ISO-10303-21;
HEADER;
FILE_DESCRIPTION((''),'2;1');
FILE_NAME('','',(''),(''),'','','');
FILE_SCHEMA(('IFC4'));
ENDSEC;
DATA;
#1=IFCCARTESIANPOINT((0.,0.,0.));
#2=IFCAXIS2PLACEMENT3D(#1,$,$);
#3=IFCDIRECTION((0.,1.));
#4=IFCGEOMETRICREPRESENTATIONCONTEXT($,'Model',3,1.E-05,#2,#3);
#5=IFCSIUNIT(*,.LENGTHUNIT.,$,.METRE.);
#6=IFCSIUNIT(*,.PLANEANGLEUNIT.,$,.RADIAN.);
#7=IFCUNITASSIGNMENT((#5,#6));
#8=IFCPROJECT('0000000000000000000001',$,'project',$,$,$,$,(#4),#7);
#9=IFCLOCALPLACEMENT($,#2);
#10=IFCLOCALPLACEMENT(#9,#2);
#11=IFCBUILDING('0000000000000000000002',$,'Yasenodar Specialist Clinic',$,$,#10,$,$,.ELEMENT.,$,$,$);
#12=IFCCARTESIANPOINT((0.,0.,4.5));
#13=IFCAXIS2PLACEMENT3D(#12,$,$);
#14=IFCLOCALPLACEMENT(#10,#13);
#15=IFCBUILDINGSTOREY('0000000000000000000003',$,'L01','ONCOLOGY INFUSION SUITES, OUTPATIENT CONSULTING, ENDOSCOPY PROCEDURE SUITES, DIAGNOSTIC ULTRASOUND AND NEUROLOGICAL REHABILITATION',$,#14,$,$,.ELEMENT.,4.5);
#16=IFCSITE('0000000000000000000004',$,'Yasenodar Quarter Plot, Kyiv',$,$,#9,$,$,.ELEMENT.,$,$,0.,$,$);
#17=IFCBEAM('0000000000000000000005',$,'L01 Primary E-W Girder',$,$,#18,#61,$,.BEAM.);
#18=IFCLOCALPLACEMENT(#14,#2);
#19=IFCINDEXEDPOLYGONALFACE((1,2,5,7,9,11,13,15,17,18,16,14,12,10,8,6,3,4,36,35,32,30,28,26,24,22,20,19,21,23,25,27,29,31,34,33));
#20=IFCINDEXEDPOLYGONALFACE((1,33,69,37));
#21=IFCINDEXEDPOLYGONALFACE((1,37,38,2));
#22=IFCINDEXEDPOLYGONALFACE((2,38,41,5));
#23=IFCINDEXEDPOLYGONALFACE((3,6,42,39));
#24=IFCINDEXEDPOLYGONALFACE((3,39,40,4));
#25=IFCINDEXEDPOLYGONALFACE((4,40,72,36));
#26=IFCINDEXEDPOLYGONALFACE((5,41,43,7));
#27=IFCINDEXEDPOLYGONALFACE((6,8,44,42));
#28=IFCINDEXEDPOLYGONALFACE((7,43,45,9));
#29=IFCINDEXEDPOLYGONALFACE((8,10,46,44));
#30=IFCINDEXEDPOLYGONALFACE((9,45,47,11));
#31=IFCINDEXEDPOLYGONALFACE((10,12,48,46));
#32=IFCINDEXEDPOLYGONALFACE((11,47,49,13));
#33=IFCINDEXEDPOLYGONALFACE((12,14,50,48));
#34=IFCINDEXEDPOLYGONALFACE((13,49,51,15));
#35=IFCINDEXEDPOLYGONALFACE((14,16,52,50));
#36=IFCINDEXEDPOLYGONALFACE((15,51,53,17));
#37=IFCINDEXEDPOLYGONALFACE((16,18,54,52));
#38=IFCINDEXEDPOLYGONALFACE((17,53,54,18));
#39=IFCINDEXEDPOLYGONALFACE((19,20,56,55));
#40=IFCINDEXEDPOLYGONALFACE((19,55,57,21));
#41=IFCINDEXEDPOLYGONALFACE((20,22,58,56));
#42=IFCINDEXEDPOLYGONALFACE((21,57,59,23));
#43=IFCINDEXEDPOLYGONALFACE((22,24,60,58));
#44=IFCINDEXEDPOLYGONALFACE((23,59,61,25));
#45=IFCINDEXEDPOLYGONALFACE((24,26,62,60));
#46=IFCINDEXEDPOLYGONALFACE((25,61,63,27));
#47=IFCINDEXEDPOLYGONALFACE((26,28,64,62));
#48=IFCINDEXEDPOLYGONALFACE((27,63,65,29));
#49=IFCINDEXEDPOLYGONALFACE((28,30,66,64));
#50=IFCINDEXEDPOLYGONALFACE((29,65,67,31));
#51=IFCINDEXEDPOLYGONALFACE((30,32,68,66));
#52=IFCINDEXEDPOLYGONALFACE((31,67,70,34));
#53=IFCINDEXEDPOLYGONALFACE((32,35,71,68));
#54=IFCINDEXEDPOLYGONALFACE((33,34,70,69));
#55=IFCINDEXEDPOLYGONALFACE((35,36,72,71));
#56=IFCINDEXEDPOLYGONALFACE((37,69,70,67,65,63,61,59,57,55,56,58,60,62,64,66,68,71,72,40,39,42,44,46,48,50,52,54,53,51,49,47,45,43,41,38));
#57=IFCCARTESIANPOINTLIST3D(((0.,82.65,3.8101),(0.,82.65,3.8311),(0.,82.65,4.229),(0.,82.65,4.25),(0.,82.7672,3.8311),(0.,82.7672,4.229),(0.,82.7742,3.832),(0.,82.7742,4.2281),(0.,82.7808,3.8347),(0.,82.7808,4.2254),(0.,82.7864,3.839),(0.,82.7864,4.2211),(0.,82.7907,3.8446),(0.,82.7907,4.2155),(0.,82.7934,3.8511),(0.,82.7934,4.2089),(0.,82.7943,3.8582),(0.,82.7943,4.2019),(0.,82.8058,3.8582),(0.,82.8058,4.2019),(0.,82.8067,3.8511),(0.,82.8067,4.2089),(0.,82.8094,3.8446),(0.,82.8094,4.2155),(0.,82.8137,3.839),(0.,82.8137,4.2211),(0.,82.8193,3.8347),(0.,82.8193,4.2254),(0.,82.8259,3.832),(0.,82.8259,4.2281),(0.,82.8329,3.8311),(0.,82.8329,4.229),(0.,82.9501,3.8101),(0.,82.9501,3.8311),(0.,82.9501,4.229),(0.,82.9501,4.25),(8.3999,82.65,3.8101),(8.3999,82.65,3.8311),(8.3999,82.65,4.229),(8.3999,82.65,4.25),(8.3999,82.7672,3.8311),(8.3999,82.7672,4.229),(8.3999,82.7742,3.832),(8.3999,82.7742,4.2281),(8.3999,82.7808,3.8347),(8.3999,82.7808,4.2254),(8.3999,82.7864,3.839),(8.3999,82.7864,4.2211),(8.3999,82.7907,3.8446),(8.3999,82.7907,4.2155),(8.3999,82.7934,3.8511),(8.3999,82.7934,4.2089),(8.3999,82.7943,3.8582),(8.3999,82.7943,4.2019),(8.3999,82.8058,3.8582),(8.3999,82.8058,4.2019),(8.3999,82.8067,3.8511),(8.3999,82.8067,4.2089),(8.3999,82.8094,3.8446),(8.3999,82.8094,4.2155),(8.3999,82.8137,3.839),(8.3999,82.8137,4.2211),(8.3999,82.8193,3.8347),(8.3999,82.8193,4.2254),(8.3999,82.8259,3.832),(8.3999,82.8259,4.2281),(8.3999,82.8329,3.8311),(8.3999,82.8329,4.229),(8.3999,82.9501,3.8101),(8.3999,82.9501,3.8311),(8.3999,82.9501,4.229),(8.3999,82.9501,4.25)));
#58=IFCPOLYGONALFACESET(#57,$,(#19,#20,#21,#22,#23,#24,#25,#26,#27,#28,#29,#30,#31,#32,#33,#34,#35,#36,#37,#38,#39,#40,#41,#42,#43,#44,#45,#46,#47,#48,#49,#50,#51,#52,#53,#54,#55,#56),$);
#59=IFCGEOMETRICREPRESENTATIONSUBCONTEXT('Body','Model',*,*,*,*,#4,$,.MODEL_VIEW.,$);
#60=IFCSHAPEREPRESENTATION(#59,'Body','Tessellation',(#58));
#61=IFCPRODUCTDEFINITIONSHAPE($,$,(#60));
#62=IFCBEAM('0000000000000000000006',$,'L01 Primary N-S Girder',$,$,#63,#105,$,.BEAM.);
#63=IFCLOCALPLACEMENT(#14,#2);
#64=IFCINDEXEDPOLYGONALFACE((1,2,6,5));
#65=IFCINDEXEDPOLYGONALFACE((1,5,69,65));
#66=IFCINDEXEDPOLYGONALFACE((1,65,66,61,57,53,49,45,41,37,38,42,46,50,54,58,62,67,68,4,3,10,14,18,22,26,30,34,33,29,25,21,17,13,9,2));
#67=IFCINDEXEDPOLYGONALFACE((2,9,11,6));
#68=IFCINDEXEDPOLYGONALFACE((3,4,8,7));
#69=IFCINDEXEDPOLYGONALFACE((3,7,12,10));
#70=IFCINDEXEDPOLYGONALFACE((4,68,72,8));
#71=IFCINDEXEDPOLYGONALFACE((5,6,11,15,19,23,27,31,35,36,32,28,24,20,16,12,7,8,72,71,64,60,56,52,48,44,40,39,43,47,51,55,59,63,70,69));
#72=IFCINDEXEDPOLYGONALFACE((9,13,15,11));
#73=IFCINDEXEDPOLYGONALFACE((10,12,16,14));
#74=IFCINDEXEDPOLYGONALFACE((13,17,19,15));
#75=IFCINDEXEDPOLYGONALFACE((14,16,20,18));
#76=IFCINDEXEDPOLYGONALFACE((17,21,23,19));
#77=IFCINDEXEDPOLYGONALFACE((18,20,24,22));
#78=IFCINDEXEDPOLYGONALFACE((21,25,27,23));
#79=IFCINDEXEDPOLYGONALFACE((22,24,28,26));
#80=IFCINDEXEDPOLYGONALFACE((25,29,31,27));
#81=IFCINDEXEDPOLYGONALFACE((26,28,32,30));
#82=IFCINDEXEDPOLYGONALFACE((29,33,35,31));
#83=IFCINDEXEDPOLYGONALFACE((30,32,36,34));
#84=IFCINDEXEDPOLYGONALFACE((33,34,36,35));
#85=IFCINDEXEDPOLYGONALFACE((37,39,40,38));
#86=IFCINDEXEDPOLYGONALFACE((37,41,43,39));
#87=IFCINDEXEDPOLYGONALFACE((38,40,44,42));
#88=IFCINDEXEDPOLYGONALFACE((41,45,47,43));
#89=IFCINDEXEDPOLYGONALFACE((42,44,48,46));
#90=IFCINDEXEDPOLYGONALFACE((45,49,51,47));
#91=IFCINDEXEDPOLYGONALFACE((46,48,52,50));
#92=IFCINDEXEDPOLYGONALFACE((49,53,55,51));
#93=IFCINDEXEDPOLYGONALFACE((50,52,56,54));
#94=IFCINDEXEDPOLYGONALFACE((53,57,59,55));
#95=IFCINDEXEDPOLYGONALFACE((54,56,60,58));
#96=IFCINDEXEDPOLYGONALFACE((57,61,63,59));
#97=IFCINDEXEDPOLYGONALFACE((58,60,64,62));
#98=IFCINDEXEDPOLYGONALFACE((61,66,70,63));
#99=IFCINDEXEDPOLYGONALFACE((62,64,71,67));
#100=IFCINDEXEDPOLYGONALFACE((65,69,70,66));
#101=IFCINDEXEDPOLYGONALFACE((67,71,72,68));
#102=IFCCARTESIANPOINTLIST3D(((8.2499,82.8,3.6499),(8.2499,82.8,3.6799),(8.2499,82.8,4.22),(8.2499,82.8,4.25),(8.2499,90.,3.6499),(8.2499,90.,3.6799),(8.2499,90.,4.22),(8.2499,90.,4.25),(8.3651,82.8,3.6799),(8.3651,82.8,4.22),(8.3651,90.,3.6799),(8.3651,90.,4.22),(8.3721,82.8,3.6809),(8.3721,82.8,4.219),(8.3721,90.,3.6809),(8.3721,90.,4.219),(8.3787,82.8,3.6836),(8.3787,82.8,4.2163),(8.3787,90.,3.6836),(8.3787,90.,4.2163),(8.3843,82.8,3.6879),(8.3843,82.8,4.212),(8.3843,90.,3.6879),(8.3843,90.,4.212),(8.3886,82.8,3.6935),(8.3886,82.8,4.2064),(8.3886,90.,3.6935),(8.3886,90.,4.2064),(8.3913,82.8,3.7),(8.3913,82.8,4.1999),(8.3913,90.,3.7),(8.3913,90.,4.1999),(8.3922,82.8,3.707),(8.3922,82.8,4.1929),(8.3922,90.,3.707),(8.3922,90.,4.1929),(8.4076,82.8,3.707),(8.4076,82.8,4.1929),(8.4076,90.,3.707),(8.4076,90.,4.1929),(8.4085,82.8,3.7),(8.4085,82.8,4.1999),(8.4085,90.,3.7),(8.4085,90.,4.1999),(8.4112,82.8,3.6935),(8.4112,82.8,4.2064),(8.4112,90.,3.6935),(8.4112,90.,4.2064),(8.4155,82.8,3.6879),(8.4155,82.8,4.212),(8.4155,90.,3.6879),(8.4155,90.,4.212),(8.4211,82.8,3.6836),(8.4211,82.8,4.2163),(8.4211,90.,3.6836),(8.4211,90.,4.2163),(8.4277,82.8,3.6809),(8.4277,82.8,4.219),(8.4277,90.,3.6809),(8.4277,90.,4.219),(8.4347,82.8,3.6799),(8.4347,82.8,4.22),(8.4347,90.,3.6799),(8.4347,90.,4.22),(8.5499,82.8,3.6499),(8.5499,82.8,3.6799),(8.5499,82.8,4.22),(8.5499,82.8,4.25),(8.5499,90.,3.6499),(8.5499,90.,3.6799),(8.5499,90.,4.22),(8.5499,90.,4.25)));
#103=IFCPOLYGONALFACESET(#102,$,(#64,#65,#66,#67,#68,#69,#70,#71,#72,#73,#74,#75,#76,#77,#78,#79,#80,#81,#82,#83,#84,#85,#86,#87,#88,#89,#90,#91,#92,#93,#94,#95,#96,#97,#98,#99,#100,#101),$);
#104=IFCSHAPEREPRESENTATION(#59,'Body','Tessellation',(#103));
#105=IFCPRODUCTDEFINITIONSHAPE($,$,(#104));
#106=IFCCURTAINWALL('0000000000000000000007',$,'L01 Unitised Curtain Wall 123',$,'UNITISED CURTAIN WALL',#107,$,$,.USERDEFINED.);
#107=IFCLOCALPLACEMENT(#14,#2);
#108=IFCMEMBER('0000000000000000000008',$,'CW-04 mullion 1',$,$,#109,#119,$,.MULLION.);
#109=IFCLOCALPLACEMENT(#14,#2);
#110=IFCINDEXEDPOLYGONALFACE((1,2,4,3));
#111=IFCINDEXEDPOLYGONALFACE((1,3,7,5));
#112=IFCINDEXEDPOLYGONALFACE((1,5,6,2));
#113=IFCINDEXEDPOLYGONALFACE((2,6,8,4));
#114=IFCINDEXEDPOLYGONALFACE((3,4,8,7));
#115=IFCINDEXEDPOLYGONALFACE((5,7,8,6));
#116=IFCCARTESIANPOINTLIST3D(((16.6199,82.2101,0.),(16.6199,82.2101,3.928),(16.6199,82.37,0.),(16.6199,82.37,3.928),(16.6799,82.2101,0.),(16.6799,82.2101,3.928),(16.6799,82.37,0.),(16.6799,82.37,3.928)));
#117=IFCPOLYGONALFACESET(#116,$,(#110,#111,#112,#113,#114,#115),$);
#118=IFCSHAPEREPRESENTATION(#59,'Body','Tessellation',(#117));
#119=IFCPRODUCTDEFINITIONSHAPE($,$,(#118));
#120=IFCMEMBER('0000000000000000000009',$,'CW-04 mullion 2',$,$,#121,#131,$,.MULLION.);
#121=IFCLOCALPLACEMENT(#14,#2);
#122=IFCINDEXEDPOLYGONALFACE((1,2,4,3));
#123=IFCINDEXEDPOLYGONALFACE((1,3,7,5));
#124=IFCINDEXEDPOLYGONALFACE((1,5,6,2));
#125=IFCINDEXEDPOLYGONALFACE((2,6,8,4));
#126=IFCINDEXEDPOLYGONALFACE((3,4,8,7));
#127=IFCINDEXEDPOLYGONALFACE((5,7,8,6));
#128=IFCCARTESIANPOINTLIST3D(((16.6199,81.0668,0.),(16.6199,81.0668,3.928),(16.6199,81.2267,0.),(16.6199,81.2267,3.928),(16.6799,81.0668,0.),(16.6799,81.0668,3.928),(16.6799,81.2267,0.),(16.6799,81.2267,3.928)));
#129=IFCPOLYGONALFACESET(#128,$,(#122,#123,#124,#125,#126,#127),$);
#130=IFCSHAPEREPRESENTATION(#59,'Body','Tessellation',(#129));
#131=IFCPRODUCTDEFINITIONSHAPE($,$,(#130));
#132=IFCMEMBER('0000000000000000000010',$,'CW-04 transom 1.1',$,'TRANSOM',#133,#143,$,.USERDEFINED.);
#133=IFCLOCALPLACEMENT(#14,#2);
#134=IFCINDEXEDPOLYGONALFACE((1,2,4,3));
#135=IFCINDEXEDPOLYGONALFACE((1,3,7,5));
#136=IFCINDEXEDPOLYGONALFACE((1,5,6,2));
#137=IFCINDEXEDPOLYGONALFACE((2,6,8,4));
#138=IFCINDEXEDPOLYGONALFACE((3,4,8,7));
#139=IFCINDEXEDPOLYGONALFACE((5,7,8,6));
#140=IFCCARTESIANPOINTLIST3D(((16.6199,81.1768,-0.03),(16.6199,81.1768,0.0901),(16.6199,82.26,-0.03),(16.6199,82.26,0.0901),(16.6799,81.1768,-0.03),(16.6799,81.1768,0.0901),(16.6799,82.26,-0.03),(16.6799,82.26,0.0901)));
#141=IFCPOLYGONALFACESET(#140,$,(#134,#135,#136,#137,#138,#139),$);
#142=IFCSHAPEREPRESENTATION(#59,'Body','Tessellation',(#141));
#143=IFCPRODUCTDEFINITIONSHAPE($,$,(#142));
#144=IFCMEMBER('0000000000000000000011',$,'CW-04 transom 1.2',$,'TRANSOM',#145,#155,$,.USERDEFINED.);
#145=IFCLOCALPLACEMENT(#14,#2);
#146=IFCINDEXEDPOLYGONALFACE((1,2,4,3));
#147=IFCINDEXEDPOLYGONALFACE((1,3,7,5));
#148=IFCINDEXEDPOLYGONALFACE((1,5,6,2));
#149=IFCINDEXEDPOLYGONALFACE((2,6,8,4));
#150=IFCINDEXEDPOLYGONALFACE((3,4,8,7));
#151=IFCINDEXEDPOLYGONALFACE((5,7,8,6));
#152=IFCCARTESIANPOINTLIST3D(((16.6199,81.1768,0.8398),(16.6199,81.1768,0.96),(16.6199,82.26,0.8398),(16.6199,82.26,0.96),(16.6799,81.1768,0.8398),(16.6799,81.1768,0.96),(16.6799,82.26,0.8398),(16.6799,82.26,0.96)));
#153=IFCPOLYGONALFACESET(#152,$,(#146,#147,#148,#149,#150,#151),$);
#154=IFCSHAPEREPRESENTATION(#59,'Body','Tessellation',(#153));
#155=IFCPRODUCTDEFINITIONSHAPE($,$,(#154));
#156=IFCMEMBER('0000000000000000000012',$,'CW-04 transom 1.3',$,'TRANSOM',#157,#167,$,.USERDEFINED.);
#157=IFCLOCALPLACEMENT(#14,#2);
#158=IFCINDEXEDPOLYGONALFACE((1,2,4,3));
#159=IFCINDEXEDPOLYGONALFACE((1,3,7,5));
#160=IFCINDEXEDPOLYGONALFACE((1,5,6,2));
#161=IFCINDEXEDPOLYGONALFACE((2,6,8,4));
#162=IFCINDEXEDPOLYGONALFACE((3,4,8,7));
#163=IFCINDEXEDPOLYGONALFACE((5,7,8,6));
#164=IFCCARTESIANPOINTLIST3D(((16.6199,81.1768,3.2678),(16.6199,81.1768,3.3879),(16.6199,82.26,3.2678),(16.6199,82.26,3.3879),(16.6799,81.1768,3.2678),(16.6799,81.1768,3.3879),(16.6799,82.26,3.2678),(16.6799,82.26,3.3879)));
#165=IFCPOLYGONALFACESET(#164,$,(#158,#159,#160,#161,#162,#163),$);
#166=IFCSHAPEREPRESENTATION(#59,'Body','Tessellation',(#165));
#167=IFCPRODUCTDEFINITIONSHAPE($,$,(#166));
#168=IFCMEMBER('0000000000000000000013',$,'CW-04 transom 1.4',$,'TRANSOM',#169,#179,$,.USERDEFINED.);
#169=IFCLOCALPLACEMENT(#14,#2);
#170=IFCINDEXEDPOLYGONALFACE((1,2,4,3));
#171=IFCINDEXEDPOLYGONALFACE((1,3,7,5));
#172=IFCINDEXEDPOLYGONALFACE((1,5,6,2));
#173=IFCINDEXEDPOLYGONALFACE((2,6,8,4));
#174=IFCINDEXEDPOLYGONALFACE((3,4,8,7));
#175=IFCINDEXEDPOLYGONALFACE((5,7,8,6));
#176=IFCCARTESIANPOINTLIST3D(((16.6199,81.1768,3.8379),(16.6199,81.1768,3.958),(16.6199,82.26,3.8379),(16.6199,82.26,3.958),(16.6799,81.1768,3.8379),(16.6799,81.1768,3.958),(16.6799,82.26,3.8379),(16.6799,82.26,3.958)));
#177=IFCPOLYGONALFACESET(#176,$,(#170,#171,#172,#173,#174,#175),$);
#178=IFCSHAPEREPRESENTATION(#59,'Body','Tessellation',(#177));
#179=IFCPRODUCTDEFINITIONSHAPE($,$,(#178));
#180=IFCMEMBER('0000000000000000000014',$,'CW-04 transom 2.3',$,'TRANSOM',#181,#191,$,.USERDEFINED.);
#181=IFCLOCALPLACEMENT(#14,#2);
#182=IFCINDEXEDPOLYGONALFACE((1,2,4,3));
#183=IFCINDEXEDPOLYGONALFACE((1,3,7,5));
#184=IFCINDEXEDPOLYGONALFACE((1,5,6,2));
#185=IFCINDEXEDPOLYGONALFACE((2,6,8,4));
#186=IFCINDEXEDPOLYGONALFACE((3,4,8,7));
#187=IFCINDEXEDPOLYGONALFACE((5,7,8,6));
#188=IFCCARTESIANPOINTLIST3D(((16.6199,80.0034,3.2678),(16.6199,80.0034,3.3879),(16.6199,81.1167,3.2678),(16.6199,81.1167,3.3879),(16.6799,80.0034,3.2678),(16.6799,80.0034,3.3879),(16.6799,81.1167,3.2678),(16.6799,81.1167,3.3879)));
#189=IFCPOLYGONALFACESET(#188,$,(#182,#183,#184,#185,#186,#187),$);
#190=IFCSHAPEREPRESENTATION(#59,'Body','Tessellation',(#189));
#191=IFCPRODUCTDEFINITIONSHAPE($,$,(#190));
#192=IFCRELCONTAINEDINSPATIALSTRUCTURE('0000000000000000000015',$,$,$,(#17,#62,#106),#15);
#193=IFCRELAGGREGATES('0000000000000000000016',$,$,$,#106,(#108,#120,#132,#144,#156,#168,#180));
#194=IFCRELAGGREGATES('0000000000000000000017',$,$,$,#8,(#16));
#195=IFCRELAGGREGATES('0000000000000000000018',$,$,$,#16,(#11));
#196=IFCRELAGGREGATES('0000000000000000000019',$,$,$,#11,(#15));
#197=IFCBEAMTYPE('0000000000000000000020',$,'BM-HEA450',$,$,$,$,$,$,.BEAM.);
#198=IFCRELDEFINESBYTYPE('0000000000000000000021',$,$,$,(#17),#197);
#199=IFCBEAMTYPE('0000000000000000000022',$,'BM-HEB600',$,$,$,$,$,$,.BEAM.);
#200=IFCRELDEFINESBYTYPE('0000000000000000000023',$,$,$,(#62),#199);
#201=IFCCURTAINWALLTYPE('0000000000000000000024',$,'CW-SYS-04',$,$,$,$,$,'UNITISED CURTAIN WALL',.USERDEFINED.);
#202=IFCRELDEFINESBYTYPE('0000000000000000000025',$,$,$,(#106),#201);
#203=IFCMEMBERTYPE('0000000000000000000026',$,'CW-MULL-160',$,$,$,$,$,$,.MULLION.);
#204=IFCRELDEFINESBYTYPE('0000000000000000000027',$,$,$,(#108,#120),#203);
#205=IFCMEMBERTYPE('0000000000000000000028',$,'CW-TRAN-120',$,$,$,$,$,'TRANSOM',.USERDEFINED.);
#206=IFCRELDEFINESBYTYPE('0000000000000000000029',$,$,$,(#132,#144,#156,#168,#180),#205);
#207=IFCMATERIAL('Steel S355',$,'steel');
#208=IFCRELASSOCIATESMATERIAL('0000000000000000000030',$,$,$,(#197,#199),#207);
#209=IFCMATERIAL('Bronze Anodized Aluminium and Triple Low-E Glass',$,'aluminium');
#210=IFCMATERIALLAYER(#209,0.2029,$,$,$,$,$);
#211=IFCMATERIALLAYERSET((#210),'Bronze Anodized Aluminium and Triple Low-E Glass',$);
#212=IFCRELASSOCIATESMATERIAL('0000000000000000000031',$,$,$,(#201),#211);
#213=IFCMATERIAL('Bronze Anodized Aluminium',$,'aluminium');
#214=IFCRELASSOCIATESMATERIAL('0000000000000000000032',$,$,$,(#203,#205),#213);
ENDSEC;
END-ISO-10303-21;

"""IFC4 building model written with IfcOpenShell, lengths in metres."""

from ifc_helpers import new_model, si_unit, direction, frame, origin, origin_2d, place, context, subcontext, project, spatial, rectangle, i_section, extrude, material, layer, layer_set, material_profile, profile_set, type_object, element, aggregate, save


model = new_model("IFC4")

# Units and contexts
model_context = context("Model", 3, precision=1e-05, world=origin(), true_north=direction((0.0, 1.0)))
body_context = subcontext(model_context, "Body", "Model", "MODEL_VIEW")
ifc_project = project(units=[si_unit("LENGTHUNIT", "METRE"), si_unit("PLANEANGLEUNIT", "RADIAN")], contexts=[model_context])

# Site, building, storey
site_placement = place(None, origin())
site = spatial("IfcSite", under=ifc_project, at=site_placement, Name="Yasenodar Quarter Plot, Kyiv", CompositionType="ELEMENT", RefElevation=0.0)
building_placement = place(site_placement, origin())
building = spatial("IfcBuilding", under=site, at=building_placement, Name="Yasenodar Specialist Clinic", CompositionType="ELEMENT")
storey_placement = place(building_placement, frame((0.0, 0.0, 4.5)))
storey = spatial("IfcBuildingStorey", under=building, at=storey_placement, Name="L01", Description="ONCOLOGY INFUSION SUITES, OUTPATIENT CONSULTING, ENDOSCOPY PROCEDURE SUITES, DIAGNOSTIC ULTRASOUND AND NEUROLOGICAL REHABILITATION", CompositionType="ELEMENT", Elevation=4.5)

# Shared definitions
ifc_material_1 = material(Name="Steel S355", Category="steel")

# Beams
ifc_material_profile_1 = material_profile(ifc_material_1, i_section(OverallWidth=0.3, OverallDepth=0.4399, WebThickness=0.0115, FlangeThickness=0.021, FilletRadius=0.0271, at=origin_2d()), Name="HEA 450")
ifc_profile_set_1 = profile_set([ifc_material_profile_1], Name="Steel S355")
beam_type_1 = type_object("IfcBeamType", Name="BM-HEA450", PredefinedType="BEAM", material=ifc_profile_set_1)
beam_1_placement = place(storey_placement, frame((0.0, 82.8, 4.03), z_axis=(1.0, 0.0, 0.0), x_axis=(0.0, 1.0, 0.0)))
element("IfcBeam", 1, at=beam_1_placement, inside=storey, type_object=beam_type_1, Name="L01 Primary E-W Girder", PredefinedType="BEAM", context=body_context, shape_type="SweptSolid", body=[
    extrude(i_section(OverallWidth=0.3, OverallDepth=0.4399, WebThickness=0.0115, FlangeThickness=0.021, FilletRadius=0.0271, at=origin_2d()), origin(), (0.0, 0.0, 1.0), 8.3999),
])
ifc_material_profile_2 = material_profile(ifc_material_1, i_section(OverallWidth=0.3, OverallDepth=0.6001, WebThickness=0.0154, FlangeThickness=0.03, FilletRadius=0.0271, at=origin_2d()), Name="HEB 600")
ifc_profile_set_2 = profile_set([ifc_material_profile_2], Name="Steel S355")
beam_type_2 = type_object("IfcBeamType", Name="BM-HEB600", PredefinedType="BEAM", material=ifc_profile_set_2)
beam_2_placement = place(storey_placement, frame((8.3999, 82.8, 3.95), z_axis=(0.0, 1.0, 0.0), x_axis=(-1.0, 0.0, 0.0)))
element("IfcBeam", 2, at=beam_2_placement, inside=storey, type_object=beam_type_2, Name="L01 Primary N-S Girder", PredefinedType="BEAM", context=body_context, shape_type="SweptSolid", body=[
    extrude(i_section(OverallWidth=0.3, OverallDepth=0.6001, WebThickness=0.0154, FlangeThickness=0.03, FilletRadius=0.0271, at=origin_2d()), origin(), (0.0, 0.0, 1.0), 7.2),
])

# Curtain wall, members
ifc_material_2 = material(Name="Bronze Anodized Aluminium and Triple Low-E Glass", Category="aluminium")
ifc_layer_1 = layer(ifc_material_2, 0.2029)
ifc_layer_set_1 = layer_set([ifc_layer_1], Name="Bronze Anodized Aluminium and Triple Low-E Glass")
curtain_wall_type = type_object("IfcCurtainWallType", Name="CW-SYS-04", ElementType="UNITISED CURTAIN WALL", PredefinedType="USERDEFINED", material=ifc_layer_set_1)
curtain_wall_placement = place(storey_placement, origin())
curtain_wall = element("IfcCurtainWall", 3, at=curtain_wall_placement, inside=storey, type_object=curtain_wall_type, Name="L01 Unitised Curtain Wall 123", ObjectType="UNITISED CURTAIN WALL", PredefinedType="USERDEFINED")
ifc_material_3 = material(Name="Bronze Anodized Aluminium", Category="aluminium")
ifc_material_profile_3 = material_profile(ifc_material_3, rectangle(XDim=0.0601, YDim=0.1599, at=origin_2d()), Name="CW-MULL 60x160")
ifc_profile_set_3 = profile_set([ifc_material_profile_3], Name="Bronze Anodized Aluminium")
member_type_1 = type_object("IfcMemberType", Name="CW-MULL-160", PredefinedType="MULLION", material=ifc_profile_set_3)
member_1_placement = place(storey_placement, frame((16.6499, 82.29, 0.0), z_axis=(0.0, 0.0, 1.0), x_axis=(1.0, 0.0, 0.0)))
member_1 = element("IfcMember", 4, at=member_1_placement, type_object=member_type_1, Name="CW-04 mullion 1", PredefinedType="MULLION", context=body_context, shape_type="SweptSolid", body=[
    extrude(rectangle(XDim=0.0601, YDim=0.1599, at=origin_2d()), origin(), (0.0, 0.0, 1.0), 3.928),
])
member_2_placement = place(storey_placement, frame((16.6499, 81.1467, 0.0), z_axis=(0.0, 0.0, 1.0), x_axis=(1.0, 0.0, 0.0)))
member_2 = element("IfcMember", 5, at=member_2_placement, type_object=member_type_1, Name="CW-04 mullion 2", PredefinedType="MULLION", context=body_context, shape_type="SweptSolid", body=[
    extrude(rectangle(XDim=0.0601, YDim=0.1599, at=origin_2d()), origin(), (0.0, 0.0, 1.0), 3.928),
])
ifc_material_profile_4 = material_profile(ifc_material_3, rectangle(XDim=0.0601, YDim=0.1201, at=origin_2d()), Name="CW-TRAN 60x120")
ifc_profile_set_4 = profile_set([ifc_material_profile_4], Name="Bronze Anodized Aluminium")
member_type_2 = type_object("IfcMemberType", Name="CW-TRAN-120", ElementType="TRANSOM", PredefinedType="USERDEFINED", material=ifc_profile_set_4)
member_3_placement = place(storey_placement, frame((16.6499, 82.26, 0.03), z_axis=(0.0, -1.0, 0.0), x_axis=(1.0, 0.0, 0.0)))
member_3 = element("IfcMember", 6, at=member_3_placement, type_object=member_type_2, Name="CW-04 transom 1.1", ObjectType="TRANSOM", PredefinedType="USERDEFINED", context=body_context, shape_type="SweptSolid", body=[
    extrude(rectangle(XDim=0.0601, YDim=0.1201, at=origin_2d()), origin(), (0.0, 0.0, 1.0), 1.0833),
])
member_4_placement = place(storey_placement, frame((16.6499, 82.26, 0.8999), z_axis=(0.0, -1.0, 0.0), x_axis=(1.0, 0.0, 0.0)))
member_4 = element("IfcMember", 7, at=member_4_placement, type_object=member_type_2, Name="CW-04 transom 1.2", ObjectType="TRANSOM", PredefinedType="USERDEFINED", context=body_context, shape_type="SweptSolid", body=[
    extrude(rectangle(XDim=0.0601, YDim=0.1201, at=origin_2d()), origin(), (0.0, 0.0, 1.0), 1.0833),
])
member_5_placement = place(storey_placement, frame((16.6499, 82.26, 3.3279), z_axis=(0.0, -1.0, 0.0), x_axis=(1.0, 0.0, 0.0)))
member_5 = element("IfcMember", 8, at=member_5_placement, type_object=member_type_2, Name="CW-04 transom 1.3", ObjectType="TRANSOM", PredefinedType="USERDEFINED", context=body_context, shape_type="SweptSolid", body=[
    extrude(rectangle(XDim=0.0601, YDim=0.1201, at=origin_2d()), origin(), (0.0, 0.0, 1.0), 1.0833),
])
member_6_placement = place(storey_placement, frame((16.6499, 82.26, 3.8979), z_axis=(0.0, -1.0, 0.0), x_axis=(1.0, 0.0, 0.0)))
member_6 = element("IfcMember", 9, at=member_6_placement, type_object=member_type_2, Name="CW-04 transom 1.4", ObjectType="TRANSOM", PredefinedType="USERDEFINED", context=body_context, shape_type="SweptSolid", body=[
    extrude(rectangle(XDim=0.0601, YDim=0.1201, at=origin_2d()), origin(), (0.0, 0.0, 1.0), 1.0833),
])
member_7_placement = place(storey_placement, frame((16.6499, 81.1167, 3.3279), z_axis=(0.0, -1.0, 0.0), x_axis=(1.0, 0.0, 0.0)))
member_7 = element("IfcMember", 10, at=member_7_placement, type_object=member_type_2, Name="CW-04 transom 2.3", ObjectType="TRANSOM", PredefinedType="USERDEFINED", context=body_context, shape_type="SweptSolid", body=[
    extrude(rectangle(XDim=0.0601, YDim=0.1201, at=origin_2d()), origin(), (0.0, 0.0, 1.0), 1.1133),
])

aggregate(curtain_wall, [member_1, member_2, member_3, member_4, member_5, member_6, member_7])

save(model, "model.ifc")
